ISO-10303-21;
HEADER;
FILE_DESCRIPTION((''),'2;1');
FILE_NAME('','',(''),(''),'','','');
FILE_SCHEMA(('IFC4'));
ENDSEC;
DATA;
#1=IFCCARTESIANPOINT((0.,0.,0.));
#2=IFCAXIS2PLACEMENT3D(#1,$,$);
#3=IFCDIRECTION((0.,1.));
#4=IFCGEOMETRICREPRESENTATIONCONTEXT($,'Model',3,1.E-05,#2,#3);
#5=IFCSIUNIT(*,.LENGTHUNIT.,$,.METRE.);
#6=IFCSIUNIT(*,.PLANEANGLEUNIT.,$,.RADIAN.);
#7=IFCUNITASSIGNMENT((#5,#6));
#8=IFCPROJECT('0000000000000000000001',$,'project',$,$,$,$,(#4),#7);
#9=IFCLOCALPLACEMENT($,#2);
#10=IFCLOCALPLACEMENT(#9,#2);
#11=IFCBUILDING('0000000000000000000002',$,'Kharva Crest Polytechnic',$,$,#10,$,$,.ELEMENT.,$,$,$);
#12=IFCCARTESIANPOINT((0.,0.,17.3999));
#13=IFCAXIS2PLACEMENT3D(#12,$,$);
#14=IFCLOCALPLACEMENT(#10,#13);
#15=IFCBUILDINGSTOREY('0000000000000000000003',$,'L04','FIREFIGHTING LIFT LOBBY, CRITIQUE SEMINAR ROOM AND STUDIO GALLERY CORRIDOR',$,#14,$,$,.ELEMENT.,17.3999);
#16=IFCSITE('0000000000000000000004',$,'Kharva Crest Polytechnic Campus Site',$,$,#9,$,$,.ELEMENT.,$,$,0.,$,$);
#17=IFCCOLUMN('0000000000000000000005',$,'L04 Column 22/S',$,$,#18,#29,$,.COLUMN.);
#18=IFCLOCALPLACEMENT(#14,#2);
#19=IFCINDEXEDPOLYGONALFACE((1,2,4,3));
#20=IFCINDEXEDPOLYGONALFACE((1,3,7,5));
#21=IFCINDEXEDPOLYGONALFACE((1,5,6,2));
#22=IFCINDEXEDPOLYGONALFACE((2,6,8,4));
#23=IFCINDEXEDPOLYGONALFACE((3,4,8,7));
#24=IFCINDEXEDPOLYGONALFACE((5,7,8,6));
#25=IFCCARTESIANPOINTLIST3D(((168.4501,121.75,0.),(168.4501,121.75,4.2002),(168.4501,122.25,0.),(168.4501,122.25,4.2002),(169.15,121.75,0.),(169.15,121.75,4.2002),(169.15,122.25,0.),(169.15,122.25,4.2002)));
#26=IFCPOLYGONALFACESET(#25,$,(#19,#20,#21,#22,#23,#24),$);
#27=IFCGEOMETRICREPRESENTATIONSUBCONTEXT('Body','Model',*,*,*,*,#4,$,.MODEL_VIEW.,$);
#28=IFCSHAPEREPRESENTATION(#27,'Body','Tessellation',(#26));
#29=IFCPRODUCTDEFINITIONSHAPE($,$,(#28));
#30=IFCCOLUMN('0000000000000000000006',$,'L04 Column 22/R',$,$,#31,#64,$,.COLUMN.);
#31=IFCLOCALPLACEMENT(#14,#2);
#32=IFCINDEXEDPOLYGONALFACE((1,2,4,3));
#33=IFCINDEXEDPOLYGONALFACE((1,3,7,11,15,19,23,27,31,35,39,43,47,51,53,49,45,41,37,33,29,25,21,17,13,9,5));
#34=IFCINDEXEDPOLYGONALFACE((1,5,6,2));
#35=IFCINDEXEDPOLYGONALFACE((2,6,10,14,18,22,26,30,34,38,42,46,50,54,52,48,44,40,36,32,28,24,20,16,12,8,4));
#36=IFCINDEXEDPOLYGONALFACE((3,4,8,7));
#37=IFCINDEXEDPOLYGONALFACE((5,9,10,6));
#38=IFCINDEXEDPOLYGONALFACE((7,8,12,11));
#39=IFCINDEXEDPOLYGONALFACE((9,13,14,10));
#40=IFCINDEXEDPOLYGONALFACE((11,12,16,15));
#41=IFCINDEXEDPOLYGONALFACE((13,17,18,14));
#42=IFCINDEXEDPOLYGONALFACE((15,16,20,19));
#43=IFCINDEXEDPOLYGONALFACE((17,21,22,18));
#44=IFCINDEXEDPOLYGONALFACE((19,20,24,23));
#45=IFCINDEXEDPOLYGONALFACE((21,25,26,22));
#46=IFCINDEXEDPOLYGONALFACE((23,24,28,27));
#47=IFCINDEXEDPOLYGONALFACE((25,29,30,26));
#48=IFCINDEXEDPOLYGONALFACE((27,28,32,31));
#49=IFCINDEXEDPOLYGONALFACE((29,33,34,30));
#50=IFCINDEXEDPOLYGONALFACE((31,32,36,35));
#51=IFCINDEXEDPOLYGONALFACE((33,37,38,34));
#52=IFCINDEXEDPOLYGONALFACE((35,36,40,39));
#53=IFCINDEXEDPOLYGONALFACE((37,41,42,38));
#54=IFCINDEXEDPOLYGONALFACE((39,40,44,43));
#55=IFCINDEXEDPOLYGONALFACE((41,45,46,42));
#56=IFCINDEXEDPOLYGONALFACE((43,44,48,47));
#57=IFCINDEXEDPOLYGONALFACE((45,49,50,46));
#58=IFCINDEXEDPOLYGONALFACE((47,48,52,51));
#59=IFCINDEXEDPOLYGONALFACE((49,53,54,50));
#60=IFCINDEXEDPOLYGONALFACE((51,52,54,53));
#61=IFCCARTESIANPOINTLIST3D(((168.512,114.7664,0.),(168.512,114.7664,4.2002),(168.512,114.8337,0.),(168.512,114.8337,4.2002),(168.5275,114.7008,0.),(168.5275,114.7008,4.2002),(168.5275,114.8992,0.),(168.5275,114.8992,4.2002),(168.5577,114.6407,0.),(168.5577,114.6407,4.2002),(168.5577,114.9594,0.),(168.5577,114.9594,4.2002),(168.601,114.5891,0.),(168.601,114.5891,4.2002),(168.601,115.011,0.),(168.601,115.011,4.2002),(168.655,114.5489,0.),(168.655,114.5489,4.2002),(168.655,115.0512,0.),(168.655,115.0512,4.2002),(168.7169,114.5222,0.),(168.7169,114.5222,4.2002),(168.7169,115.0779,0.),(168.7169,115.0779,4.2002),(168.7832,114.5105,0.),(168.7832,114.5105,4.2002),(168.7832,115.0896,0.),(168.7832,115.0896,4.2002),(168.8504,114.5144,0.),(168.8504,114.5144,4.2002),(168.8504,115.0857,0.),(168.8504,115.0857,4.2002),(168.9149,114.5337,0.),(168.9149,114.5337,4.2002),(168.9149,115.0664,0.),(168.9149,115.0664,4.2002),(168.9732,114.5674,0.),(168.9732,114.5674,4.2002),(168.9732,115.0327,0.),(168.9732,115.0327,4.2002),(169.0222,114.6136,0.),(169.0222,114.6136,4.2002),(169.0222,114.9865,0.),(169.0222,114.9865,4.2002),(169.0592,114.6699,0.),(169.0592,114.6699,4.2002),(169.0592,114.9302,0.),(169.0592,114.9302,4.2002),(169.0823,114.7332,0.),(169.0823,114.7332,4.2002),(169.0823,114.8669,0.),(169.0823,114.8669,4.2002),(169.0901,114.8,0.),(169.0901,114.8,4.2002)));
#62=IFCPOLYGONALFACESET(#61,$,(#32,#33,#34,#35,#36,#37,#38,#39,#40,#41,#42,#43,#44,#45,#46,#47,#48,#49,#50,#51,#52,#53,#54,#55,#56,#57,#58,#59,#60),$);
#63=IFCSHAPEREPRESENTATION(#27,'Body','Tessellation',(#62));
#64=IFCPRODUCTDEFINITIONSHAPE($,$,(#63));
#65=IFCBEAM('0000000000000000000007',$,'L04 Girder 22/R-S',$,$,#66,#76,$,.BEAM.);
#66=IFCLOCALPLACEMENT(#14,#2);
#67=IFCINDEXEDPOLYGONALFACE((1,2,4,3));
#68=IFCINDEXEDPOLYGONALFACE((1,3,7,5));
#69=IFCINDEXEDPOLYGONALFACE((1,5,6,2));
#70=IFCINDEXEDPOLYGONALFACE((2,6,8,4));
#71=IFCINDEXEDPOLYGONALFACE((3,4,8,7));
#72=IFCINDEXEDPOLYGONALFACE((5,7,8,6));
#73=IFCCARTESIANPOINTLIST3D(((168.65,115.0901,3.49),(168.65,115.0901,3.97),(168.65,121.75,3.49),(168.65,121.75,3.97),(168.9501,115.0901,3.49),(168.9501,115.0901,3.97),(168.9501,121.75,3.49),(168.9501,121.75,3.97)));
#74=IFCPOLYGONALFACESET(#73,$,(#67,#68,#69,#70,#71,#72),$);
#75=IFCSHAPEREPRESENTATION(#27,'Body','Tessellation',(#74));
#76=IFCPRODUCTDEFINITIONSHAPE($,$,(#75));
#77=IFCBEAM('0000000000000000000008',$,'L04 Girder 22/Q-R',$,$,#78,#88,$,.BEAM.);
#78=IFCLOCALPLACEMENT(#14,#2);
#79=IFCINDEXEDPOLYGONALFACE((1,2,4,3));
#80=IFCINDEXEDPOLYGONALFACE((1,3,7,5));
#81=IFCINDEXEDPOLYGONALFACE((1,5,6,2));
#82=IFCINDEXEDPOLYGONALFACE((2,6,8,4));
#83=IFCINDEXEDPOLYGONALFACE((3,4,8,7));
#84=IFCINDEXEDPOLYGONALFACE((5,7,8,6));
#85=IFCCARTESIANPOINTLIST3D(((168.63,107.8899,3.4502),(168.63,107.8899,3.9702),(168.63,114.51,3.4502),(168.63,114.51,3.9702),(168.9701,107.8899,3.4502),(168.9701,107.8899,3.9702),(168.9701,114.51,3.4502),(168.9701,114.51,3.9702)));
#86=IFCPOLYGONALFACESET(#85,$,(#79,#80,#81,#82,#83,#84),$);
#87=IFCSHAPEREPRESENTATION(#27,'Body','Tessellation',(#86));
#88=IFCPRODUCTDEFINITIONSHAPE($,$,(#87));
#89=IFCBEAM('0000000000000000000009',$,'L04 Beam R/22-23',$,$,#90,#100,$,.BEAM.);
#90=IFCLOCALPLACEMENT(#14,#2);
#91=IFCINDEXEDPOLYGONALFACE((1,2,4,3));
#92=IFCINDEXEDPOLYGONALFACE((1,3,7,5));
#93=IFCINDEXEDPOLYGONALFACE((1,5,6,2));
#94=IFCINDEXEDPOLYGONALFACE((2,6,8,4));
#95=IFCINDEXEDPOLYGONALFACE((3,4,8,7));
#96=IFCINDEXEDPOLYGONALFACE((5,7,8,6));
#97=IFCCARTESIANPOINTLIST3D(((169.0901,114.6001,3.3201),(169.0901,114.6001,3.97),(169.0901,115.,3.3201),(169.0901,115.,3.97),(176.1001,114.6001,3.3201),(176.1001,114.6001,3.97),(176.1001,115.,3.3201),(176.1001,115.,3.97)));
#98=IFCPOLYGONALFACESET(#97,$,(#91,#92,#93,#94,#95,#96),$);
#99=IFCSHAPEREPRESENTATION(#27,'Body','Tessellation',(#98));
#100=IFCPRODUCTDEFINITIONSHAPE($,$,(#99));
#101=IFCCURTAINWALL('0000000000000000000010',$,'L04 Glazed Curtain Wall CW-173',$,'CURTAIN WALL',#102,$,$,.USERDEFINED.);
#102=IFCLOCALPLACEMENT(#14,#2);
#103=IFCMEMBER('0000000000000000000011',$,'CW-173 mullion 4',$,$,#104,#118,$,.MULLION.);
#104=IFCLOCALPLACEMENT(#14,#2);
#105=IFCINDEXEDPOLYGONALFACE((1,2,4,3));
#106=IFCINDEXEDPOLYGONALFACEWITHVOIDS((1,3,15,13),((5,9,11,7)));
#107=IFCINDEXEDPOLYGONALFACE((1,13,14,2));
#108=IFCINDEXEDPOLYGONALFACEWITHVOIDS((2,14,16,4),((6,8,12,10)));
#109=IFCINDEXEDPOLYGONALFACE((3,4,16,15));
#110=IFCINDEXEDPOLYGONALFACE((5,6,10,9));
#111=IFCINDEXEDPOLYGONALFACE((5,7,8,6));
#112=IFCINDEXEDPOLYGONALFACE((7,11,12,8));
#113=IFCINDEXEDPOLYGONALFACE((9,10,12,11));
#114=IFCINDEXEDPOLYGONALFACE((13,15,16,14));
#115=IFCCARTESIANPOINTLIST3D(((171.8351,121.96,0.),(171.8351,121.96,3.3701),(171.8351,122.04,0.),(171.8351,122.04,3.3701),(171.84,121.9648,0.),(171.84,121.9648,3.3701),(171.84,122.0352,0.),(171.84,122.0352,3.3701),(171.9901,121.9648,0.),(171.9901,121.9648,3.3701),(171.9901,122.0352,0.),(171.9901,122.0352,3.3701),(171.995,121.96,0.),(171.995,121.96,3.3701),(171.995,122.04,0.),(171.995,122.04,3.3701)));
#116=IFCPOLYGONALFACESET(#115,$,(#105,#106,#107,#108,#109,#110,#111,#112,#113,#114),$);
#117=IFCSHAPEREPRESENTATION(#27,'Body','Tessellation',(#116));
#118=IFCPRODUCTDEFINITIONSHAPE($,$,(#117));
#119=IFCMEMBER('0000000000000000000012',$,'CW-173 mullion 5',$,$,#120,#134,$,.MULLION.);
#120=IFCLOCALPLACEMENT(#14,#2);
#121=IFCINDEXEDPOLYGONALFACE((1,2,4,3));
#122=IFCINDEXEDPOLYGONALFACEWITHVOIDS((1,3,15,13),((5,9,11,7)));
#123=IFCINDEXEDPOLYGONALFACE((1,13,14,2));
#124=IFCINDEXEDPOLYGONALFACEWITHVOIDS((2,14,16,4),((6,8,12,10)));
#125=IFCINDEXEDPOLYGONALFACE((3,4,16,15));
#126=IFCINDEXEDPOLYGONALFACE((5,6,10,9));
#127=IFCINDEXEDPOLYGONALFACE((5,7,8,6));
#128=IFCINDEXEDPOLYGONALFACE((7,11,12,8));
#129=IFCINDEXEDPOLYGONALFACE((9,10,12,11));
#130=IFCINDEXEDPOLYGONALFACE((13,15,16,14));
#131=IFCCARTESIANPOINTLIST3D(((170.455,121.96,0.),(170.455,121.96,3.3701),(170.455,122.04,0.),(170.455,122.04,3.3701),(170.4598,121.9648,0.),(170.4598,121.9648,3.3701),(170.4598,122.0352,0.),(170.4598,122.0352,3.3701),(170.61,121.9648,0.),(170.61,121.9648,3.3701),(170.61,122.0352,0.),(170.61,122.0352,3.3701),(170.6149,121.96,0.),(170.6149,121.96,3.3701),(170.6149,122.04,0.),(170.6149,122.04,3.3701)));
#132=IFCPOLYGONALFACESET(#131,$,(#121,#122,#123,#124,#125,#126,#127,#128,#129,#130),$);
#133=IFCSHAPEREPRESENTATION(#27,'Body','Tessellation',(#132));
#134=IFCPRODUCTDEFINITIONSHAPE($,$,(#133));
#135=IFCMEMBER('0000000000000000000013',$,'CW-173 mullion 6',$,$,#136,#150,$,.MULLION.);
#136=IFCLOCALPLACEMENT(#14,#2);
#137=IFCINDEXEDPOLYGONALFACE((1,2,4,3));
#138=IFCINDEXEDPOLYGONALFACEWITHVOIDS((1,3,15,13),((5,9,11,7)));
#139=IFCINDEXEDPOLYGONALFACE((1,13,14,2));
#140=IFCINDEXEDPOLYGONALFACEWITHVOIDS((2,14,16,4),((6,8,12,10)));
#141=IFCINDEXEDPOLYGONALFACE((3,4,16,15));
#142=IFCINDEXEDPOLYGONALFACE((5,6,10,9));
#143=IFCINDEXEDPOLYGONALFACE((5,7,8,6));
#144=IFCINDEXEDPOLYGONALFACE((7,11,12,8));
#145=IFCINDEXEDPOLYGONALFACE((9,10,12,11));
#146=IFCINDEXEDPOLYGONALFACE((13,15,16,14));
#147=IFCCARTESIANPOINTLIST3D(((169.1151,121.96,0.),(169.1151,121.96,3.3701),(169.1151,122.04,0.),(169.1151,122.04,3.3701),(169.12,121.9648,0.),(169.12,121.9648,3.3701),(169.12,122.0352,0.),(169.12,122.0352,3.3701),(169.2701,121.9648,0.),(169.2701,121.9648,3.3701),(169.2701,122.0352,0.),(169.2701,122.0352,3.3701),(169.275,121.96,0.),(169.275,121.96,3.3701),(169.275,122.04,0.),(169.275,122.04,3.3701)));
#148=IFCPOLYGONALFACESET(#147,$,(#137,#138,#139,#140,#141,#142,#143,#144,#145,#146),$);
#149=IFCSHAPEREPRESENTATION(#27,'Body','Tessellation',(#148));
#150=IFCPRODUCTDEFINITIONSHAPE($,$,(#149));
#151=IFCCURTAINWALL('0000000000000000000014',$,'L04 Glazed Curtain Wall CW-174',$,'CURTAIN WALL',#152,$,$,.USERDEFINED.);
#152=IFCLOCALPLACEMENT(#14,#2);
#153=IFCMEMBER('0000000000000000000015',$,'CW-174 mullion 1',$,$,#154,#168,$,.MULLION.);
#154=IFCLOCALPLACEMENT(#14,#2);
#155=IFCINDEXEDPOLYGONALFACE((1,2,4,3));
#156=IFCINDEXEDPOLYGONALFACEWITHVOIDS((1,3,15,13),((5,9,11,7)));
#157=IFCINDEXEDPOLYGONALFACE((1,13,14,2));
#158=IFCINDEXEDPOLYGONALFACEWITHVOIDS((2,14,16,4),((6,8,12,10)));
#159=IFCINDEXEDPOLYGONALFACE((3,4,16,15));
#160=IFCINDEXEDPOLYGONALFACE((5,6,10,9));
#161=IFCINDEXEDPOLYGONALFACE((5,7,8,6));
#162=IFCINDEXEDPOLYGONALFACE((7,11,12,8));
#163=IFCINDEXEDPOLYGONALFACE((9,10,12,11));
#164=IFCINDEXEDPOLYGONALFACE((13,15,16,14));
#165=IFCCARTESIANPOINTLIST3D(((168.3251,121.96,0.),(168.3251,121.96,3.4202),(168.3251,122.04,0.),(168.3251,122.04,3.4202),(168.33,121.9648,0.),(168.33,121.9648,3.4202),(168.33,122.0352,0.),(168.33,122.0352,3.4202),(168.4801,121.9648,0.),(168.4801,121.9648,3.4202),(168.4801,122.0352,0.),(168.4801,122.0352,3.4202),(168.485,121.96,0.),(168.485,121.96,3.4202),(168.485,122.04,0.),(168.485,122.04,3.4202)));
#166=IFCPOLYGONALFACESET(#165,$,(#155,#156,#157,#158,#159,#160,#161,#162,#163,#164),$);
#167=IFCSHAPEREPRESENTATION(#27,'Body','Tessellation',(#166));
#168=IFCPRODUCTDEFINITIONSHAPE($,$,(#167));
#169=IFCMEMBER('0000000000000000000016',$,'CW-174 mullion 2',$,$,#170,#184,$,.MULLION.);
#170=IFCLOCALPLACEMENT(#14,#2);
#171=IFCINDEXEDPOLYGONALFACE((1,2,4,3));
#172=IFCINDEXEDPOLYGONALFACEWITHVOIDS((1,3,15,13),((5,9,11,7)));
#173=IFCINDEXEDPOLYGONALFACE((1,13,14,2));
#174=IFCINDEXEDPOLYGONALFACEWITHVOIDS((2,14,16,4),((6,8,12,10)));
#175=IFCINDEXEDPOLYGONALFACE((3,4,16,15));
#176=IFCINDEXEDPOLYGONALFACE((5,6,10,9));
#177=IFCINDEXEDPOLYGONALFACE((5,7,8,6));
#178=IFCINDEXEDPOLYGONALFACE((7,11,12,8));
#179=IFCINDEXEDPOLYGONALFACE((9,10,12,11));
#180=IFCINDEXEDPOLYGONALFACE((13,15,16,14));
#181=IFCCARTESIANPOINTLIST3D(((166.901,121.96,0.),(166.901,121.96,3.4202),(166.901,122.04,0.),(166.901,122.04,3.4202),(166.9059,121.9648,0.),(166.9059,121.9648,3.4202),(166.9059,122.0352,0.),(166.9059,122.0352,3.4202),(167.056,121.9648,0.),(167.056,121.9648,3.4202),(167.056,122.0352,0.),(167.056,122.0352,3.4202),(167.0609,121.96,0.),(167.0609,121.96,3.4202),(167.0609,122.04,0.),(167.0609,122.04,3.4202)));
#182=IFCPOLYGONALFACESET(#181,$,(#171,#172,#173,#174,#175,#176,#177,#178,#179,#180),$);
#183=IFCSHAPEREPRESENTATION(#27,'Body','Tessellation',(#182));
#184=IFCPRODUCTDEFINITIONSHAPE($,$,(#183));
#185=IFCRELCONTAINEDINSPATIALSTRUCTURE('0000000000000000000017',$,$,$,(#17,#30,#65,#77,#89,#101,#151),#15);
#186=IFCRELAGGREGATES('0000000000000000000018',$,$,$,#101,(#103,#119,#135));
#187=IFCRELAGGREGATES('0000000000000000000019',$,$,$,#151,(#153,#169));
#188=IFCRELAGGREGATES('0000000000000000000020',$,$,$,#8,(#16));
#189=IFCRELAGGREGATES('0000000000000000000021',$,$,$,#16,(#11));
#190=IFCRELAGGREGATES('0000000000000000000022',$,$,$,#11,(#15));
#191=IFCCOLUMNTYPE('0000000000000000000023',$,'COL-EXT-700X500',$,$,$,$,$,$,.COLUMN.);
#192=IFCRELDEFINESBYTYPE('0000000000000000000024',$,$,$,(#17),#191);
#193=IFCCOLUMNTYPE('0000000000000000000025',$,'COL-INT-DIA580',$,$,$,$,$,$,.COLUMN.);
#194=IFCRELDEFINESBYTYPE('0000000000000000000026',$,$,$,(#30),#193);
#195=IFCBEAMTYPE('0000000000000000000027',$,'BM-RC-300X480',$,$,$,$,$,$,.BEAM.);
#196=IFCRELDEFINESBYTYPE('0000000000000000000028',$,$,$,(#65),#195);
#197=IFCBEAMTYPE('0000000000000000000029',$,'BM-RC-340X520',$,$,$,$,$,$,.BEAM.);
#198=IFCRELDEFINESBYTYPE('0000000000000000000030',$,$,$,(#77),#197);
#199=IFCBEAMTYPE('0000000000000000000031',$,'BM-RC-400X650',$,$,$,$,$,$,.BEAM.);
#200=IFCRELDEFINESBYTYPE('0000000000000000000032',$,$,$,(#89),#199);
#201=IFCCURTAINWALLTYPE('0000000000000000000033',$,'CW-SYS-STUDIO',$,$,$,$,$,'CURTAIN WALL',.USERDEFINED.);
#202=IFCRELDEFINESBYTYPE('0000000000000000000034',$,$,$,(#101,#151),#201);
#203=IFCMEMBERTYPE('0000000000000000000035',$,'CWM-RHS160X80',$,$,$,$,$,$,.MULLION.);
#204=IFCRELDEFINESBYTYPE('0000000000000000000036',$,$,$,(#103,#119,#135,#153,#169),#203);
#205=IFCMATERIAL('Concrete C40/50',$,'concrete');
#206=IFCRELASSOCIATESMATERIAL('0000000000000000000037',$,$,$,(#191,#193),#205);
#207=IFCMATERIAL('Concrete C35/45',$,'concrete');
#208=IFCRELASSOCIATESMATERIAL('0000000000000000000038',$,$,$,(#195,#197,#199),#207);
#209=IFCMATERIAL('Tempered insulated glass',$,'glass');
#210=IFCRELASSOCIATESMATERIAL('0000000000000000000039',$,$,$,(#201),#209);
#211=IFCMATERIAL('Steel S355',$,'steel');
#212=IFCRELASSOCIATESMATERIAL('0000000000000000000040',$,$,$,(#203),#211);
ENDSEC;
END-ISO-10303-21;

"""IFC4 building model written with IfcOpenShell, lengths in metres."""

from ifc_helpers import new_model, si_unit, direction, frame, origin, origin_2d, place, context, subcontext, project, spatial, rectangle, hollow_rectangle, circle, extrude, material, material_profile, profile_set, type_object, element, aggregate, save


model = new_model("IFC4")

# Units and contexts
model_context = context("Model", 3, precision=1e-05, world=origin(), true_north=direction((0.0, 1.0)))
body_context = subcontext(model_context, "Body", "Model", "MODEL_VIEW")
ifc_project = project(units=[si_unit("LENGTHUNIT", "METRE"), si_unit("PLANEANGLEUNIT", "RADIAN")], contexts=[model_context])

# Site, building, storey
site_placement = place(None, origin())
site = spatial("IfcSite", under=ifc_project, at=site_placement, Name="Kharva Crest Polytechnic Campus Site", CompositionType="ELEMENT", RefElevation=0.0)
building_placement = place(site_placement, origin())
building = spatial("IfcBuilding", under=site, at=building_placement, Name="Kharva Crest Polytechnic", CompositionType="ELEMENT")
storey_placement = place(building_placement, frame((0.0, 0.0, 17.3999)))
storey = spatial("IfcBuildingStorey", under=building, at=storey_placement, Name="L04", Description="FIREFIGHTING LIFT LOBBY, CRITIQUE SEMINAR ROOM AND STUDIO GALLERY CORRIDOR", CompositionType="ELEMENT", Elevation=17.3999)

# Columns
ifc_material_1 = material(Name="Concrete C40/50", Category="concrete")
ifc_material_profile_1 = material_profile(ifc_material_1, rectangle(XDim=0.7, YDim=0.5, at=origin_2d()), Name="RECT 700 X 500")
ifc_profile_set_1 = profile_set([ifc_material_profile_1], Name="Concrete C40/50")
column_type_1 = type_object("IfcColumnType", Name="COL-EXT-700X500", PredefinedType="COLUMN", material=ifc_profile_set_1)
column_1_placement = place(storey_placement, frame((168.8, 122.0, 0.0), z_axis=(0.0, 0.0, 1.0), x_axis=(1.0, 0.0, 0.0)))
element("IfcColumn", 1, at=column_1_placement, inside=storey, type_object=column_type_1, Name="L04 Column 22/S", PredefinedType="COLUMN", context=body_context, shape_type="SweptSolid", body=[
    extrude(rectangle(XDim=0.7, YDim=0.5, at=origin_2d()), origin(), (0.0, 0.0, 1.0), 4.2002),
])
ifc_material_profile_2 = material_profile(ifc_material_1, circle(Radius=0.29, at=origin_2d()), Name="DIA 580")
ifc_profile_set_2 = profile_set([ifc_material_profile_2], Name="Concrete C40/50")
column_type_2 = type_object("IfcColumnType", Name="COL-INT-DIA580", PredefinedType="COLUMN", material=ifc_profile_set_2)
column_2_placement = place(storey_placement, frame((168.8, 114.8, 0.0), z_axis=(0.0, 0.0, 1.0), x_axis=(1.0, 0.0, 0.0)))
element("IfcColumn", 2, at=column_2_placement, inside=storey, type_object=column_type_2, Name="L04 Column 22/R", PredefinedType="COLUMN", context=body_context, shape_type="SweptSolid", body=[
    extrude(circle(Radius=0.29, at=origin_2d()), origin(), (0.0, 0.0, 1.0), 4.2002),
])

# Beams
ifc_material_2 = material(Name="Concrete C35/45", Category="concrete")
ifc_material_profile_3 = material_profile(ifc_material_2, rectangle(XDim=0.3, YDim=0.48, at=origin_2d()), Name="RECT 300 X 480")
ifc_profile_set_3 = profile_set([ifc_material_profile_3], Name="Concrete C35/45")
beam_type_1 = type_object("IfcBeamType", Name="BM-RC-300X480", PredefinedType="BEAM", material=ifc_profile_set_3)
beam_1_placement = place(storey_placement, frame((168.8, 115.0901, 3.73), z_axis=(0.0, 1.0, 0.0), x_axis=(-1.0, 0.0, 0.0)))
element("IfcBeam", 3, at=beam_1_placement, inside=storey, type_object=beam_type_1, Name="L04 Girder 22/R-S", PredefinedType="BEAM", context=body_context, shape_type="SweptSolid", body=[
    extrude(rectangle(XDim=0.3, YDim=0.48, at=origin_2d()), origin(), (0.0, 0.0, 1.0), 6.6599),
])
ifc_material_profile_4 = material_profile(ifc_material_2, rectangle(XDim=0.3401, YDim=0.52, at=origin_2d()), Name="RECT 340 X 520")
ifc_profile_set_4 = profile_set([ifc_material_profile_4], Name="Concrete C35/45")
beam_type_2 = type_object("IfcBeamType", Name="BM-RC-340X520", PredefinedType="BEAM", material=ifc_profile_set_4)
beam_2_placement = place(storey_placement, frame((168.8, 107.8899, 3.7102), z_axis=(0.0, 1.0, 0.0), x_axis=(-1.0, 0.0, 0.0)))
element("IfcBeam", 4, at=beam_2_placement, inside=storey, type_object=beam_type_2, Name="L04 Girder 22/Q-R", PredefinedType="BEAM", context=body_context, shape_type="SweptSolid", body=[
    extrude(rectangle(XDim=0.3401, YDim=0.52, at=origin_2d()), origin(), (0.0, 0.0, 1.0), 6.6201),
])
ifc_material_profile_5 = material_profile(ifc_material_2, rectangle(XDim=0.3999, YDim=0.6499, at=origin_2d()), Name="RECT 400 X 650")
ifc_profile_set_5 = profile_set([ifc_material_profile_5], Name="Concrete C35/45")
beam_type_3 = type_object("IfcBeamType", Name="BM-RC-400X650", PredefinedType="BEAM", material=ifc_profile_set_5)
beam_3_placement = place(storey_placement, frame((169.0901, 114.8, 3.645), z_axis=(1.0, 0.0, 0.0), x_axis=(0.0, 1.0, 0.0)))
element("IfcBeam", 5, at=beam_3_placement, inside=storey, type_object=beam_type_3, Name="L04 Beam R/22-23", PredefinedType="BEAM", context=body_context, shape_type="SweptSolid", body=[
    extrude(rectangle(XDim=0.3999, YDim=0.6499, at=origin_2d()), origin(), (0.0, 0.0, 1.0), 7.01),
])

# Curtain walls, members
ifc_material_3 = material(Name="Tempered insulated glass", Category="glass")
curtain_wall_type = type_object("IfcCurtainWallType", Name="CW-SYS-STUDIO", ElementType="CURTAIN WALL", PredefinedType="USERDEFINED", material=ifc_material_3)
curtain_wall_1_placement = place(storey_placement, origin())
curtain_wall_1 = element("IfcCurtainWall", 6, at=curtain_wall_1_placement, inside=storey, type_object=curtain_wall_type, Name="L04 Glazed Curtain Wall CW-173", ObjectType="CURTAIN WALL", PredefinedType="USERDEFINED")
ifc_material_4 = material(Name="Steel S355", Category="steel")
ifc_material_profile_6 = material_profile(ifc_material_4, hollow_rectangle(XDim=0.0801, YDim=0.1599, WallThickness=0.0049, at=origin_2d()), Name="RHS 160X80X5.0")
ifc_profile_set_6 = profile_set([ifc_material_profile_6], Name="Steel S355")
member_type_1 = type_object("IfcMemberType", Name="CWM-RHS160X80", PredefinedType="MULLION", material=ifc_profile_set_6)
member_1_placement = place(storey_placement, frame((171.915, 122.0, 0.0), z_axis=(0.0, 0.0, 1.0), x_axis=(0.0, -1.0, 0.0)))
member_1 = element("IfcMember", 7, at=member_1_placement, type_object=member_type_1, Name="CW-173 mullion 4", PredefinedType="MULLION", context=body_context, shape_type="SweptSolid", body=[
    extrude(hollow_rectangle(XDim=0.0801, YDim=0.1599, WallThickness=0.0049, at=origin_2d()), origin(), (0.0, 0.0, 1.0), 3.3701),
])
member_2_placement = place(storey_placement, frame((170.5349, 122.0, 0.0), z_axis=(0.0, 0.0, 1.0), x_axis=(0.0, -1.0, 0.0)))
member_2 = element("IfcMember", 8, at=member_2_placement, type_object=member_type_1, Name="CW-173 mullion 5", PredefinedType="MULLION", context=body_context, shape_type="SweptSolid", body=[
    extrude(hollow_rectangle(XDim=0.0801, YDim=0.1599, WallThickness=0.0049, at=origin_2d()), origin(), (0.0, 0.0, 1.0), 3.3701),
])
member_3_placement = place(storey_placement, frame((169.1951, 122.0, 0.0), z_axis=(0.0, 0.0, 1.0), x_axis=(0.0, -1.0, 0.0)))
member_3 = element("IfcMember", 9, at=member_3_placement, type_object=member_type_1, Name="CW-173 mullion 6", PredefinedType="MULLION", context=body_context, shape_type="SweptSolid", body=[
    extrude(hollow_rectangle(XDim=0.0801, YDim=0.1599, WallThickness=0.0049, at=origin_2d()), origin(), (0.0, 0.0, 1.0), 3.3701),
])
curtain_wall_2_placement = place(storey_placement, origin())
curtain_wall_2 = element("IfcCurtainWall", 10, at=curtain_wall_2_placement, inside=storey, type_object=curtain_wall_type, Name="L04 Glazed Curtain Wall CW-174", ObjectType="CURTAIN WALL", PredefinedType="USERDEFINED")
member_4_placement = place(storey_placement, frame((168.405, 122.0, 0.0), z_axis=(0.0, 0.0, 1.0), x_axis=(0.0, -1.0, 0.0)))
member_4 = element("IfcMember", 11, at=member_4_placement, type_object=member_type_1, Name="CW-174 mullion 1", PredefinedType="MULLION", context=body_context, shape_type="SweptSolid", body=[
    extrude(hollow_rectangle(XDim=0.0801, YDim=0.1599, WallThickness=0.0049, at=origin_2d()), origin(), (0.0, 0.0, 1.0), 3.4202),
])
member_5_placement = place(storey_placement, frame((166.981, 122.0, 0.0), z_axis=(0.0, 0.0, 1.0), x_axis=(0.0, -1.0, 0.0)))
member_5 = element("IfcMember", 12, at=member_5_placement, type_object=member_type_1, Name="CW-174 mullion 2", PredefinedType="MULLION", context=body_context, shape_type="SweptSolid", body=[
    extrude(hollow_rectangle(XDim=0.0801, YDim=0.1599, WallThickness=0.0049, at=origin_2d()), origin(), (0.0, 0.0, 1.0), 3.4202),
])

aggregate(curtain_wall_1, [member_1, member_2, member_3])
aggregate(curtain_wall_2, [member_4, member_5])

save(model, "model.ifc")
